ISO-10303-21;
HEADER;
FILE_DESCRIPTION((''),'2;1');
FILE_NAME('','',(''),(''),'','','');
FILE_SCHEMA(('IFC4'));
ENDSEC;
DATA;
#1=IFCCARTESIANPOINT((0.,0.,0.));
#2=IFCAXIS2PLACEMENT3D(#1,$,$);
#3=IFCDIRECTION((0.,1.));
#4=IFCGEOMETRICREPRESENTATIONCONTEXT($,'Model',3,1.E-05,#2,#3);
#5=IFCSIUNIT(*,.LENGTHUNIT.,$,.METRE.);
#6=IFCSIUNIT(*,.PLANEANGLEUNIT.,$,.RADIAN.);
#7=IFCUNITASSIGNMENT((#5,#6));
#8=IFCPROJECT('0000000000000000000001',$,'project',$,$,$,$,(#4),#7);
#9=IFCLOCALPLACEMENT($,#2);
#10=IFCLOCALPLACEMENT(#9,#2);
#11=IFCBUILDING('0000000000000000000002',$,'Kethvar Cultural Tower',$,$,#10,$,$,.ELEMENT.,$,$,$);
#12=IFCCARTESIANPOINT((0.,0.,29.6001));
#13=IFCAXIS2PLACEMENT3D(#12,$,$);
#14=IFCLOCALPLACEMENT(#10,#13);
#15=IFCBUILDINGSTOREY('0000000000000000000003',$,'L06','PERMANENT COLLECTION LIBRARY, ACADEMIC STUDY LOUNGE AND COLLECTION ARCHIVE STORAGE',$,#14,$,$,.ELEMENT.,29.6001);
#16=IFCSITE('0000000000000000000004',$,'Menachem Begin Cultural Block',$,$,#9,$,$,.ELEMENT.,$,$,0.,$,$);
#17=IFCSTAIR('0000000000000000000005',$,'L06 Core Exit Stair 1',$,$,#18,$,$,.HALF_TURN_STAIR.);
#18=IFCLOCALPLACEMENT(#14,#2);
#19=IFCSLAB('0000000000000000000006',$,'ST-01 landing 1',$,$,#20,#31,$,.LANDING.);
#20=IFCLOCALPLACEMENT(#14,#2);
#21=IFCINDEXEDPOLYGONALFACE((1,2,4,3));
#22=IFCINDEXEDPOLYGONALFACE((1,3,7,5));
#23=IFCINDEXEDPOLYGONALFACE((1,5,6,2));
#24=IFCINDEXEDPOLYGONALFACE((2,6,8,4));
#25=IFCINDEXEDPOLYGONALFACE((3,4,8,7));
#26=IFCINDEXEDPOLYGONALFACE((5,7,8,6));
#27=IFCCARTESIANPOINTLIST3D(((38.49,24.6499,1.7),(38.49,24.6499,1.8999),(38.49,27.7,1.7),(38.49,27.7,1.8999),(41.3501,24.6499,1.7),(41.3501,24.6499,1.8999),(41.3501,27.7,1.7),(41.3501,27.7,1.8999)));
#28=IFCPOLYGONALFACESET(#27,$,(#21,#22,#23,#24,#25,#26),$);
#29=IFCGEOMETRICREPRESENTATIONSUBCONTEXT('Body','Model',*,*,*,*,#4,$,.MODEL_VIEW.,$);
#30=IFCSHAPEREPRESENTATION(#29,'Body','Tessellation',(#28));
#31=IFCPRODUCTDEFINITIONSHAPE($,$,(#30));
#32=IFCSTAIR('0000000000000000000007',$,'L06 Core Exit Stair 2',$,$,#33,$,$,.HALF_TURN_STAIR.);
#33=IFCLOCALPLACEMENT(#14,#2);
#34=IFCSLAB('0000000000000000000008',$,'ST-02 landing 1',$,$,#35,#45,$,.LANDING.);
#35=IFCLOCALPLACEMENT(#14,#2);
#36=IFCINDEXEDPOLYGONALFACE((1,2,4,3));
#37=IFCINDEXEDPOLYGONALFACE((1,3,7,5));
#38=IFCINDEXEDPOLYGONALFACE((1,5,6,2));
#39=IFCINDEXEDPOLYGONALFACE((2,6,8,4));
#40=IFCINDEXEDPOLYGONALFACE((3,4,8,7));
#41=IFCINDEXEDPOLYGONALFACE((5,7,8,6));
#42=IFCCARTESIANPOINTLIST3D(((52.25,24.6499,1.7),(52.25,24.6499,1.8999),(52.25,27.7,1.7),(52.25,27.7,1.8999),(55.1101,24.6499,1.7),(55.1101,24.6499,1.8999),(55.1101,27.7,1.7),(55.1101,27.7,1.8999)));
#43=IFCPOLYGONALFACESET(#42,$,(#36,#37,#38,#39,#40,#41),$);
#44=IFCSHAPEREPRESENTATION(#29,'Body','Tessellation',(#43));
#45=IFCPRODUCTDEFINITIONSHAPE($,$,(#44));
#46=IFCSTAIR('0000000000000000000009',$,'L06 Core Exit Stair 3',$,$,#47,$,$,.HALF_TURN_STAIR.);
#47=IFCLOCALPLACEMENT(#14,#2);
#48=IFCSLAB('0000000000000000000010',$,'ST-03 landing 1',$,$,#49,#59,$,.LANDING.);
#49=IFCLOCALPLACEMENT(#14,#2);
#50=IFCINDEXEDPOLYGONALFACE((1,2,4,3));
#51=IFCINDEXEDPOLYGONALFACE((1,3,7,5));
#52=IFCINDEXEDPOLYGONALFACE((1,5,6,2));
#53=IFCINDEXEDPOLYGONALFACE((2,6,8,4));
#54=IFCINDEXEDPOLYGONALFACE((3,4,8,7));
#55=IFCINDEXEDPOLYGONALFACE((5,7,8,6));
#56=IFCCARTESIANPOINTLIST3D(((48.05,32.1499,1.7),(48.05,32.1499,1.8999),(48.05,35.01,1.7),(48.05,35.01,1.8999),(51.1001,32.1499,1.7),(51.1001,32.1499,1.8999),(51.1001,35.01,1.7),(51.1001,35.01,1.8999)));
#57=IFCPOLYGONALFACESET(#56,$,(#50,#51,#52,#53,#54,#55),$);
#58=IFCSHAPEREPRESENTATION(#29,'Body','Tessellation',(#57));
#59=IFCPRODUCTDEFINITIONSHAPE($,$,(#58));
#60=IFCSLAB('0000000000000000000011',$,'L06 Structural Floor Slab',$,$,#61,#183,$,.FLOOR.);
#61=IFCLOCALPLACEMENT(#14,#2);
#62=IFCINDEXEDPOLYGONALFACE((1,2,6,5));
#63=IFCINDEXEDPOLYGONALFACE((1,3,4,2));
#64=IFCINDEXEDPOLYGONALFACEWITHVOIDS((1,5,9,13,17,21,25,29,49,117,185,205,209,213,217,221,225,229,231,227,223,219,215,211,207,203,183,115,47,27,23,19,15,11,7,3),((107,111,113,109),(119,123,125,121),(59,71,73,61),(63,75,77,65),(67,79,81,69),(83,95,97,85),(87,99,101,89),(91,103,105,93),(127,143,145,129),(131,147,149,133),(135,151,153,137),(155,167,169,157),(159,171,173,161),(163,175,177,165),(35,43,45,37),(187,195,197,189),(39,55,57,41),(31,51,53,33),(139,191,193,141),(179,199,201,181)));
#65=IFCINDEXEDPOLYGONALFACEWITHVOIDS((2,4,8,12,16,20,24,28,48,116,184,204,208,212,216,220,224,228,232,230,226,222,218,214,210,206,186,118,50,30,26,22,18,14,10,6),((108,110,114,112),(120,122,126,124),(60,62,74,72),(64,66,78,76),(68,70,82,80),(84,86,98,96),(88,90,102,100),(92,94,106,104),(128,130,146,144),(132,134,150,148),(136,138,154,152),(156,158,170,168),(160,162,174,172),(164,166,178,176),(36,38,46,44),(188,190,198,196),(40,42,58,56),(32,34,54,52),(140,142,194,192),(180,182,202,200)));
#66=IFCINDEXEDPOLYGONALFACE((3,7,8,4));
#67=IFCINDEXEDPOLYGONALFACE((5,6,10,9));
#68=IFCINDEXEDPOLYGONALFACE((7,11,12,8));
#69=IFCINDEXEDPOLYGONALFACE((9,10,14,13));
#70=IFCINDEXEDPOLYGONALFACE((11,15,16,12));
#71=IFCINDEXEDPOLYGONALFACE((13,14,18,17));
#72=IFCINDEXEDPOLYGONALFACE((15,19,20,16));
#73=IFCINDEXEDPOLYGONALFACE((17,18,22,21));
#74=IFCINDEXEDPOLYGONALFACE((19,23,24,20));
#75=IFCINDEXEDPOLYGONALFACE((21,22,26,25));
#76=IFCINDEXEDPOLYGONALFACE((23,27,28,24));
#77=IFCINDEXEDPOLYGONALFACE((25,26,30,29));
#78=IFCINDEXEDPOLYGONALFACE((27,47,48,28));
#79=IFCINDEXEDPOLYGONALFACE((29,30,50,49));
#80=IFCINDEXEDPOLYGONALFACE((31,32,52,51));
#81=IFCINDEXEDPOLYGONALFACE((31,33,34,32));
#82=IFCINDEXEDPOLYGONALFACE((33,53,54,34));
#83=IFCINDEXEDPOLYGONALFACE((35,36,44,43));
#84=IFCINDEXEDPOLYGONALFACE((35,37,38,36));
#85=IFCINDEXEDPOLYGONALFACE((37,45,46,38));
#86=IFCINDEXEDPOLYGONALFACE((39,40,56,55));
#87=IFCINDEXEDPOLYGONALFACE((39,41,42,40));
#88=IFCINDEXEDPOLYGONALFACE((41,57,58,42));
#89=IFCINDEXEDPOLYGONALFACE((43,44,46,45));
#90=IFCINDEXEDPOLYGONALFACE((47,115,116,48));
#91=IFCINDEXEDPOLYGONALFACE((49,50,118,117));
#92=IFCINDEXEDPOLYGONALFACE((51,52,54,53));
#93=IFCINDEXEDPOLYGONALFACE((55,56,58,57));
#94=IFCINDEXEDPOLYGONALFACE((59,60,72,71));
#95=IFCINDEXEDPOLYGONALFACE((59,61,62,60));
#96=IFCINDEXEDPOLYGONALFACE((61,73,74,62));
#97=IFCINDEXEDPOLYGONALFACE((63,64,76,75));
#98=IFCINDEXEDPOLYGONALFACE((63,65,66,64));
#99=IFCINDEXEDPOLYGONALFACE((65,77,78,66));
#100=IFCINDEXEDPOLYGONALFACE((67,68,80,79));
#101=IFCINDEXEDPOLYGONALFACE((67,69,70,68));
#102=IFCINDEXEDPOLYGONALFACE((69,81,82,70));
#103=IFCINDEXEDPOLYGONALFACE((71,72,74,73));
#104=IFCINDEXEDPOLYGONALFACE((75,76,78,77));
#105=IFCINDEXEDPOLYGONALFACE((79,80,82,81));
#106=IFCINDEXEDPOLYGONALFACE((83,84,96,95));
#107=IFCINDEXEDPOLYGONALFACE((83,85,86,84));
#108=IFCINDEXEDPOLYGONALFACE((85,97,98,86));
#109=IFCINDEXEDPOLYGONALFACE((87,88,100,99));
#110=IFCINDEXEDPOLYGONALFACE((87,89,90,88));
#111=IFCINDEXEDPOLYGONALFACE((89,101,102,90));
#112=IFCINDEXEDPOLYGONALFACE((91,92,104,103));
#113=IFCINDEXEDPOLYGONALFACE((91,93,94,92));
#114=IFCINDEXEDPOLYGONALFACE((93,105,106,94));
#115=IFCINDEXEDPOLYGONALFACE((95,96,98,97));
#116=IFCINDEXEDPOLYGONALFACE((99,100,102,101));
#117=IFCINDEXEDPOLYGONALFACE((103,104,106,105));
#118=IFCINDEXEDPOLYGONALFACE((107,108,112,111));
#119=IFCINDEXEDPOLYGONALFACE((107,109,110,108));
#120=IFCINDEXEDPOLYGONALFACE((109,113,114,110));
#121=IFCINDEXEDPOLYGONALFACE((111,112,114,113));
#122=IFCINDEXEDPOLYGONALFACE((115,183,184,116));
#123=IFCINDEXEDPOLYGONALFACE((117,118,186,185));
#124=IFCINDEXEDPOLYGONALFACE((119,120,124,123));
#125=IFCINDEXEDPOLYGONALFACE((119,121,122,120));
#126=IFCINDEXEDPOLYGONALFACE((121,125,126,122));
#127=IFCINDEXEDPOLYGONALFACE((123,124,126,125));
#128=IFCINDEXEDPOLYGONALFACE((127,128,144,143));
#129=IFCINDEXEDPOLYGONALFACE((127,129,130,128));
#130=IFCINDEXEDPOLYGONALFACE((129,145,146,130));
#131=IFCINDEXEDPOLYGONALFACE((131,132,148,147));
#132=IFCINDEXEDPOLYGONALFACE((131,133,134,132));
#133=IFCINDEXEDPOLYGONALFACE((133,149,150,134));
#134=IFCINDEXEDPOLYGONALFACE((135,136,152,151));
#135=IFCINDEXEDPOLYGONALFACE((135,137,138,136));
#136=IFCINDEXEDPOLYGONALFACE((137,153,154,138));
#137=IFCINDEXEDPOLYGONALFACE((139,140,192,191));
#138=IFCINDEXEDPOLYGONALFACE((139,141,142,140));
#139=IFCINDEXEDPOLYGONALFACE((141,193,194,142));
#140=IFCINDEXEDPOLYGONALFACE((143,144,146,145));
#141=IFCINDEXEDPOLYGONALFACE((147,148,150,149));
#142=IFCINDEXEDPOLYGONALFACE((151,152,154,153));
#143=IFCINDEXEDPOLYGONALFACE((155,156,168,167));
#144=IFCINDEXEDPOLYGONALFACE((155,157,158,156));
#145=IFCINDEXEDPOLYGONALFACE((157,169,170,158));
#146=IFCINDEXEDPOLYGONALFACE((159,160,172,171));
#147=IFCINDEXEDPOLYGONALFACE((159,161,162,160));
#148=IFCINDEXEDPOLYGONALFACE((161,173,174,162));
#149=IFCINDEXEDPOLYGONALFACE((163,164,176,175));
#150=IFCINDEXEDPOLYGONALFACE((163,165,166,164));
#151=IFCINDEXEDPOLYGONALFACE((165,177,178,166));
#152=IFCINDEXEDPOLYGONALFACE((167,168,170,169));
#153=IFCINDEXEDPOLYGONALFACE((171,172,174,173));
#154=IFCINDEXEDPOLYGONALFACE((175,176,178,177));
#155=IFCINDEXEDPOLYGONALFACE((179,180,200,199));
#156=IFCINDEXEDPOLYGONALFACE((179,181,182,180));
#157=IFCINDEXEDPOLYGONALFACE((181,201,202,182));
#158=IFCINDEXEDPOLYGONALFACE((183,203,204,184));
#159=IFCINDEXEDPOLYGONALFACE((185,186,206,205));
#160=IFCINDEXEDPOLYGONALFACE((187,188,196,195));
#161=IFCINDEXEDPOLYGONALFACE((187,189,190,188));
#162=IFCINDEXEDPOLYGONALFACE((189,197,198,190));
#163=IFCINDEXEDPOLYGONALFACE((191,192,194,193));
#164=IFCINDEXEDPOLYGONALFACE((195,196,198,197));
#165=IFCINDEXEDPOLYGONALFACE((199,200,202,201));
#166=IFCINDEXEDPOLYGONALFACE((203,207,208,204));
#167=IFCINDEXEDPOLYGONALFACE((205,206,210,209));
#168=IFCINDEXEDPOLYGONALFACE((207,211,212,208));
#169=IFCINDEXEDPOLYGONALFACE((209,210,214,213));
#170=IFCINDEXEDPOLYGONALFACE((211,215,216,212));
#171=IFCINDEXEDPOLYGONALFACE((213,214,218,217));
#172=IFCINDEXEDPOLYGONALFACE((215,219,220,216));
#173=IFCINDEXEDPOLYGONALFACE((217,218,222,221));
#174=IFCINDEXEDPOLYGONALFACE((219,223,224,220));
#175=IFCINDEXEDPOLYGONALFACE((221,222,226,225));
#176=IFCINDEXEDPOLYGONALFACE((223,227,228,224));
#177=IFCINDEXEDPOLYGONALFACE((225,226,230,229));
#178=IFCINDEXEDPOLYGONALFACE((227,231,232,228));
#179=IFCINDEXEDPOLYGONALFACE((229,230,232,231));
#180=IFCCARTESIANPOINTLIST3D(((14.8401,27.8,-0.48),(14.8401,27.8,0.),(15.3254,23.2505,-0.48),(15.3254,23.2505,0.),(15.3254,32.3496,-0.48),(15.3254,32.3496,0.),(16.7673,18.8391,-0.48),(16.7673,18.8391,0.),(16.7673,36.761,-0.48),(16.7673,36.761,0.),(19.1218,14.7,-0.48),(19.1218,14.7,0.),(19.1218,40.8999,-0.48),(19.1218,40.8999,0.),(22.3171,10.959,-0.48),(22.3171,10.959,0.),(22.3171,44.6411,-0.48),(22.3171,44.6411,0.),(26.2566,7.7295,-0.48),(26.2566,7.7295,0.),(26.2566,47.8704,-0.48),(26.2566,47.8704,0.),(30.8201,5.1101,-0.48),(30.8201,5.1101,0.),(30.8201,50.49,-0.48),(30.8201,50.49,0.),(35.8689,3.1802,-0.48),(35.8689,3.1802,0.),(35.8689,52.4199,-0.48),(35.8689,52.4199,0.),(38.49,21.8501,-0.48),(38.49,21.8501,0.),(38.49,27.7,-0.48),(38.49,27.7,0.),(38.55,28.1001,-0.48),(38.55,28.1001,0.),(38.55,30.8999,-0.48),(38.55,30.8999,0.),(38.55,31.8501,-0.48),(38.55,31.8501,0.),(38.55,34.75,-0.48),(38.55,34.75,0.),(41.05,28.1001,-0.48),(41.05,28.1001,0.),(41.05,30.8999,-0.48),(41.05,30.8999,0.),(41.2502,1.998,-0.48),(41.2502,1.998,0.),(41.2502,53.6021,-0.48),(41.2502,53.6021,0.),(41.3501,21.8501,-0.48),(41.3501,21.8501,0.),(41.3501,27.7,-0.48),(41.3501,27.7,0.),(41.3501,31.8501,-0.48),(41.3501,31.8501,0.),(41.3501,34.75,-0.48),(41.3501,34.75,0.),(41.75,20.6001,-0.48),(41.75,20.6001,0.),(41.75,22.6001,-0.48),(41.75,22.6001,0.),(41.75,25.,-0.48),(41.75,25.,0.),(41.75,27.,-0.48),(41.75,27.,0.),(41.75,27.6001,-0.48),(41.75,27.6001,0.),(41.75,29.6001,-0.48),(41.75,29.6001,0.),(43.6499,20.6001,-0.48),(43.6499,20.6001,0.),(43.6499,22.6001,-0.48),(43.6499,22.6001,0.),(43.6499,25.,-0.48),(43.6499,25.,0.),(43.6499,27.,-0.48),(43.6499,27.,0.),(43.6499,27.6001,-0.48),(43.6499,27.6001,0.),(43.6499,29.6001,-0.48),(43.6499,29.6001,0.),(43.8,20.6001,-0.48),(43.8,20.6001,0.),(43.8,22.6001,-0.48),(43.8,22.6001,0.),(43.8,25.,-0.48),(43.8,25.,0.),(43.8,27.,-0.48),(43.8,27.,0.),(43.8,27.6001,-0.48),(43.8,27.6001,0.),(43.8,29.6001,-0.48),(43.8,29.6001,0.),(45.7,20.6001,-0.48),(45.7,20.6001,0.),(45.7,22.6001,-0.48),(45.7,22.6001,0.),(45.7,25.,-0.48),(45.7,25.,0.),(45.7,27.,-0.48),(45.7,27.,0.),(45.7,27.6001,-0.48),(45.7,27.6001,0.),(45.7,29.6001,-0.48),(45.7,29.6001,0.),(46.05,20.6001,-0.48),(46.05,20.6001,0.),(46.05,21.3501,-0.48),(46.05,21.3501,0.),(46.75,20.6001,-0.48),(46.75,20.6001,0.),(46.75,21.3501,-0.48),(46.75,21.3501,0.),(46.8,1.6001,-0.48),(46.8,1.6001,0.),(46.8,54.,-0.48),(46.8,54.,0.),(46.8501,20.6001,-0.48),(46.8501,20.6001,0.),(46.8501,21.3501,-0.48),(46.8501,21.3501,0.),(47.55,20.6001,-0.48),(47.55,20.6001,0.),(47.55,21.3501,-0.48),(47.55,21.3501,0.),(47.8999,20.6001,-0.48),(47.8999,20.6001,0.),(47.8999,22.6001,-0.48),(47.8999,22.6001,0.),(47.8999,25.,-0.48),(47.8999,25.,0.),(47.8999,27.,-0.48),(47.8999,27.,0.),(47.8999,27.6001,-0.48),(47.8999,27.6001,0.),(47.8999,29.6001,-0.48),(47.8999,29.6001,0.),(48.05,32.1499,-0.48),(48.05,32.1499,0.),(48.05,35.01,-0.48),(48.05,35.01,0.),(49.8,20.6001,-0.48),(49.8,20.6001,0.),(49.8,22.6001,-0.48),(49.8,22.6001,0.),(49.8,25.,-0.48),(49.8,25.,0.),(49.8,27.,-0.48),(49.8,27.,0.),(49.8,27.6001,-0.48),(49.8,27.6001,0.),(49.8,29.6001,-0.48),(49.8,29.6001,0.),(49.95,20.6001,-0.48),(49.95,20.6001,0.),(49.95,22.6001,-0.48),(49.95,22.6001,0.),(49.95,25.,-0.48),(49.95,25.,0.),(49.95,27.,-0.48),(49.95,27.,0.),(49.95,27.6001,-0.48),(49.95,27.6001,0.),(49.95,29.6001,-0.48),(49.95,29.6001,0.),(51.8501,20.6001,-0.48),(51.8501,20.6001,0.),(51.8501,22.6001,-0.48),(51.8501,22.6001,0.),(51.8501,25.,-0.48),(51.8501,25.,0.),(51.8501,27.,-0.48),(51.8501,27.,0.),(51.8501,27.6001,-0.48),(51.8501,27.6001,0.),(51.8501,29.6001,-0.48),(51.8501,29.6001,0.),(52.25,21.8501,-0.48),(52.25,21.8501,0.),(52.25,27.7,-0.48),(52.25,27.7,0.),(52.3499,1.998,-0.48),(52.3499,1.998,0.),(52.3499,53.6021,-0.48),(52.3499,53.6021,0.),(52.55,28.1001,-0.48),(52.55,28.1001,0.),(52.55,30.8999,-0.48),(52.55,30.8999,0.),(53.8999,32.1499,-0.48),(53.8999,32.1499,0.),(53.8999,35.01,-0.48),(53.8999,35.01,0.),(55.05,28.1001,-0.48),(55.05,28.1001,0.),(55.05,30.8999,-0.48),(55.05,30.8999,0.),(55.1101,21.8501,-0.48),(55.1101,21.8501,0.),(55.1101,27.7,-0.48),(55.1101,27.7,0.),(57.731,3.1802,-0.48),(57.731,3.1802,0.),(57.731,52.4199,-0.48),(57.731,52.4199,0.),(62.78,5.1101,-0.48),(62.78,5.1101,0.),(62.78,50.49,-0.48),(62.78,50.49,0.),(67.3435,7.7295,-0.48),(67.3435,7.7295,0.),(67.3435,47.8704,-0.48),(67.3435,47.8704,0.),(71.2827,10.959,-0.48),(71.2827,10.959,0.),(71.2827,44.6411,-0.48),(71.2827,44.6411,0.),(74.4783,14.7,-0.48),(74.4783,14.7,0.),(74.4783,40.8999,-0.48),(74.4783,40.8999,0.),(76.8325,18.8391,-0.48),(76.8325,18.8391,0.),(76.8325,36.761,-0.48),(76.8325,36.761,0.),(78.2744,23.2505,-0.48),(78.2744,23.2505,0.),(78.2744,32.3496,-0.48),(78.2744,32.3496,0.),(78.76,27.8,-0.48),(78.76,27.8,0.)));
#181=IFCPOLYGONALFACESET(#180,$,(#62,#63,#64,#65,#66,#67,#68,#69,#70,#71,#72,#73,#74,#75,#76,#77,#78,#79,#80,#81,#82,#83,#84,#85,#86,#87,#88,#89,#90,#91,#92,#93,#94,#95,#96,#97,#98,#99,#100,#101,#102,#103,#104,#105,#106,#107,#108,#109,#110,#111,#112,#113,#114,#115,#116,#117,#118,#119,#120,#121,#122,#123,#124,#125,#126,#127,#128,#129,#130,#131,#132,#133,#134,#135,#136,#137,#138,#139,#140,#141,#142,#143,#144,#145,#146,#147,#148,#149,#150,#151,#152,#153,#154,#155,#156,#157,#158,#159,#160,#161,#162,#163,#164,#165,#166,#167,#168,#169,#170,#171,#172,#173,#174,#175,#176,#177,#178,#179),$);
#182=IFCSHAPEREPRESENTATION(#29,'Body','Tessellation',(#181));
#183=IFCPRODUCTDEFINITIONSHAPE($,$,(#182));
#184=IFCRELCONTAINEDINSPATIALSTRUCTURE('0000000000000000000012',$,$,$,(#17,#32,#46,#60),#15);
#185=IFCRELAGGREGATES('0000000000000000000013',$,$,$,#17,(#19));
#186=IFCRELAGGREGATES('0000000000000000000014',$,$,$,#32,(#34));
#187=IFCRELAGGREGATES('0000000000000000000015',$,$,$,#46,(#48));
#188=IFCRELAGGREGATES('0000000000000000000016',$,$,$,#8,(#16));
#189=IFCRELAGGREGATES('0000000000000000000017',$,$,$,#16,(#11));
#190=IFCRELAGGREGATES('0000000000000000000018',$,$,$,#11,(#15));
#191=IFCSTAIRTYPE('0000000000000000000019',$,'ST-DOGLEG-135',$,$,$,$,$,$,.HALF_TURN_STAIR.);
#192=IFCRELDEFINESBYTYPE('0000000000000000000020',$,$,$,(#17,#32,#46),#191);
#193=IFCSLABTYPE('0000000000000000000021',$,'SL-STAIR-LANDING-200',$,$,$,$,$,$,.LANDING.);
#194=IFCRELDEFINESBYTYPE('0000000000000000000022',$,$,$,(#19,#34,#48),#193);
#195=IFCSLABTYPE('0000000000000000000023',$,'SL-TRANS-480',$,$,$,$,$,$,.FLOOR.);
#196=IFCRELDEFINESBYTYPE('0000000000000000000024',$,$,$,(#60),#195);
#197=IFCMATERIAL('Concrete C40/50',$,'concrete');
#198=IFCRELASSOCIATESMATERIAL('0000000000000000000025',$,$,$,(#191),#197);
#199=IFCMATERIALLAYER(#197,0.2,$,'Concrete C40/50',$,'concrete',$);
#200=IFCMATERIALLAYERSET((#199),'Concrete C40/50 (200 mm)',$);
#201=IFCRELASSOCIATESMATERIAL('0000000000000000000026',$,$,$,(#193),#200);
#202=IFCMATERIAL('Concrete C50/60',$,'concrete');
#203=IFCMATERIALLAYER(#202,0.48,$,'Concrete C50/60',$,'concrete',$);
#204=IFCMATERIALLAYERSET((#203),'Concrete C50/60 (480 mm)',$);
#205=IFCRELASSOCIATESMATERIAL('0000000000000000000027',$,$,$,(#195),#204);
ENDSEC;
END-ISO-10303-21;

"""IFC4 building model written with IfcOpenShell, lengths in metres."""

from ifc_helpers import new_model, si_unit, direction, frame, origin, place, context, subcontext, project, spatial, polyline, outline, extrude, material, layer, layer_set, type_object, element, aggregate, save


model = new_model("IFC4")

# Units and contexts
model_context = context("Model", 3, precision=1e-05, world=origin(), true_north=direction((0.0, 1.0)))
body_context = subcontext(model_context, "Body", "Model", "MODEL_VIEW")
ifc_project = project(units=[si_unit("LENGTHUNIT", "METRE"), si_unit("PLANEANGLEUNIT", "RADIAN")], contexts=[model_context])

# Site, building, storey
site_placement = place(None, origin())
site = spatial("IfcSite", under=ifc_project, at=site_placement, Name="Menachem Begin Cultural Block", CompositionType="ELEMENT", RefElevation=0.0)
building_placement = place(site_placement, origin())
building = spatial("IfcBuilding", under=site, at=building_placement, Name="Kethvar Cultural Tower", CompositionType="ELEMENT")
storey_placement = place(building_placement, frame((0.0, 0.0, 29.6001)))
storey = spatial("IfcBuildingStorey", under=building, at=storey_placement, Name="L06", Description="PERMANENT COLLECTION LIBRARY, ACADEMIC STUDY LOUNGE AND COLLECTION ARCHIVE STORAGE", CompositionType="ELEMENT", Elevation=29.6001)

# Shared definitions
ifc_material_1 = material(Name="Concrete C40/50", Category="concrete")

# Stairs, slabs
stair_type = type_object("IfcStairType", Name="ST-DOGLEG-135", PredefinedType="HALF_TURN_STAIR", material=ifc_material_1)
stair_1_placement = place(storey_placement, origin())
stair_1 = element("IfcStair", 1, at=stair_1_placement, inside=storey, type_object=stair_type, Name="L06 Core Exit Stair 1", PredefinedType="HALF_TURN_STAIR")
ifc_layer_1 = layer(ifc_material_1, 0.2, Name="Concrete C40/50", Category="concrete")
ifc_layer_set_1 = layer_set([ifc_layer_1], Name="Concrete C40/50 (200 mm)")
slab_type_1 = type_object("IfcSlabType", Name="SL-STAIR-LANDING-200", PredefinedType="LANDING", material=ifc_layer_set_1)
slab_1_placement = place(storey_placement, frame((0.0, 0.0, 1.7)))
slab_1 = element("IfcSlab", 2, at=slab_1_placement, type_object=slab_type_1, Name="ST-01 landing 1", PredefinedType="LANDING", context=body_context, shape_type="SweptSolid", body=[
    extrude(outline(polyline([(41.3501, 24.6499), (41.3501, 27.7), (38.49, 27.7), (38.49, 24.6499), (41.3501, 24.6499)])), origin(), (0.0, 0.0, 1.0), 0.2),
])
aggregate(stair_1, [slab_1])
stair_2_placement = place(storey_placement, origin())
stair_2 = element("IfcStair", 3, at=stair_2_placement, inside=storey, type_object=stair_type, Name="L06 Core Exit Stair 2", PredefinedType="HALF_TURN_STAIR")
slab_2_placement = place(storey_placement, frame((0.0, 0.0, 1.7)))
slab_2 = element("IfcSlab", 4, at=slab_2_placement, type_object=slab_type_1, Name="ST-02 landing 1", PredefinedType="LANDING", context=body_context, shape_type="SweptSolid", body=[
    extrude(outline(polyline([(55.1101, 24.6499), (55.1101, 27.7), (52.25, 27.7), (52.25, 24.6499), (55.1101, 24.6499)])), origin(), (0.0, 0.0, 1.0), 0.2),
])
aggregate(stair_2, [slab_2])
stair_3_placement = place(storey_placement, origin())
stair_3 = element("IfcStair", 5, at=stair_3_placement, inside=storey, type_object=stair_type, Name="L06 Core Exit Stair 3", PredefinedType="HALF_TURN_STAIR")
slab_3_placement = place(storey_placement, frame((0.0, 0.0, 1.7)))
slab_3 = element("IfcSlab", 6, at=slab_3_placement, type_object=slab_type_1, Name="ST-03 landing 1", PredefinedType="LANDING", context=body_context, shape_type="SweptSolid", body=[
    extrude(outline(polyline([(51.1001, 35.01), (48.05, 35.01), (48.05, 32.1499), (51.1001, 32.1499), (51.1001, 35.01)])), origin(), (0.0, 0.0, 1.0), 0.2),
])
aggregate(stair_3, [slab_3])

# Slab
ifc_material_2 = material(Name="Concrete C50/60", Category="concrete")
ifc_layer_2 = layer(ifc_material_2, 0.48, Name="Concrete C50/60", Category="concrete")
ifc_layer_set_2 = layer_set([ifc_layer_2], Name="Concrete C50/60 (480 mm)")
slab_type_2 = type_object("IfcSlabType", Name="SL-TRANS-480", PredefinedType="FLOOR", material=ifc_layer_set_2)
slab_4_placement = place(storey_placement, frame((0.0, 0.0, -0.48)))
element("IfcSlab", 7, at=slab_4_placement, inside=storey, type_object=slab_type_2, Name="L06 Structural Floor Slab", PredefinedType="FLOOR", context=body_context, shape_type="SweptSolid", body=[
    extrude(outline(polyline([(78.76, 27.8), (78.2744, 32.3496), (76.8325, 36.761), (74.4783, 40.8999), (71.2827, 44.6411), (67.3435, 47.8704), (62.78, 50.49), (57.731, 52.4199), (52.3499, 53.6021), (46.8, 54.0), (41.2502, 53.6021), (35.8689, 52.4199), (30.8201, 50.49), (26.2566, 47.8704), (22.3171, 44.6411), (19.1218, 40.8999), (16.7673, 36.761), (15.3254, 32.3496), (14.8401, 27.8), (15.3254, 23.2505), (16.7673, 18.8391), (19.1218, 14.7), (22.3171, 10.959), (26.2566, 7.7295), (30.8201, 5.1101), (35.8689, 3.1802), (41.2502, 1.998), (46.8, 1.6001), (52.3499, 1.998), (57.731, 3.1802), (62.78, 5.1101), (67.3435, 7.7295), (71.2827, 10.959), (74.4783, 14.7), (76.8325, 18.8391), (78.2744, 23.2505), (78.76, 27.8)]), holes=[polyline([(38.49, 21.8501), (38.49, 27.7), (41.3501, 27.7), (41.3501, 21.8501), (38.49, 21.8501)]), polyline([(52.25, 21.8501), (52.25, 27.7), (55.1101, 27.7), (55.1101, 21.8501), (52.25, 21.8501)]), polyline([(53.8999, 32.1499), (48.05, 32.1499), (48.05, 35.01), (53.8999, 35.01), (53.8999, 32.1499)]), polyline([(41.75, 22.6001), (43.6499, 22.6001), (43.6499, 20.6001), (41.75, 20.6001), (41.75, 22.6001)]), polyline([(43.8, 22.6001), (45.7, 22.6001), (45.7, 20.6001), (43.8, 20.6001), (43.8, 22.6001)]), polyline([(47.8999, 22.6001), (49.8, 22.6001), (49.8, 20.6001), (47.8999, 20.6001), (47.8999, 22.6001)]), polyline([(49.95, 22.6001), (51.8501, 22.6001), (51.8501, 20.6001), (49.95, 20.6001), (49.95, 22.6001)]), polyline([(41.75, 27.0), (43.6499, 27.0), (43.6499, 25.0), (41.75, 25.0), (41.75, 27.0)]), polyline([(43.8, 27.0), (45.7, 27.0), (45.7, 25.0), (43.8, 25.0), (43.8, 27.0)]), polyline([(47.8999, 27.0), (49.8, 27.0), (49.8, 25.0), (47.8999, 25.0), (47.8999, 27.0)]), polyline([(49.95, 27.0), (51.8501, 27.0), (51.8501, 25.0), (49.95, 25.0), (49.95, 27.0)]), polyline([(41.75, 29.6001), (43.6499, 29.6001), (43.6499, 27.6001), (41.75, 27.6001), (41.75, 29.6001)]), polyline([(43.8, 29.6001), (45.7, 29.6001), (45.7, 27.6001), (43.8, 27.6001), (43.8, 29.6001)]), polyline([(47.8999, 29.6001), (49.8, 29.6001), (49.8, 27.6001), (47.8999, 27.6001), (47.8999, 29.6001)]), polyline([(49.95, 29.6001), (51.8501, 29.6001), (51.8501, 27.6001), (49.95, 27.6001), (49.95, 29.6001)]), polyline([(38.55, 30.8999), (41.05, 30.8999), (41.05, 28.1001), (38.55, 28.1001), (38.55, 30.8999)]), polyline([(52.55, 30.8999), (55.05, 30.8999), (55.05, 28.1001), (52.55, 28.1001), (52.55, 30.8999)]), polyline([(38.55, 34.75), (41.3501, 34.75), (41.3501, 31.8501), (38.55, 31.8501), (38.55, 34.75)]), polyline([(46.05, 21.3501), (46.75, 21.3501), (46.75, 20.6001), (46.05, 20.6001), (46.05, 21.3501)]), polyline([(46.8501, 21.3501), (47.55, 21.3501), (47.55, 20.6001), (46.8501, 20.6001), (46.8501, 21.3501)])]), origin(), (0.0, 0.0, 1.0), 0.48),
])

save(model, "model.ifc")
